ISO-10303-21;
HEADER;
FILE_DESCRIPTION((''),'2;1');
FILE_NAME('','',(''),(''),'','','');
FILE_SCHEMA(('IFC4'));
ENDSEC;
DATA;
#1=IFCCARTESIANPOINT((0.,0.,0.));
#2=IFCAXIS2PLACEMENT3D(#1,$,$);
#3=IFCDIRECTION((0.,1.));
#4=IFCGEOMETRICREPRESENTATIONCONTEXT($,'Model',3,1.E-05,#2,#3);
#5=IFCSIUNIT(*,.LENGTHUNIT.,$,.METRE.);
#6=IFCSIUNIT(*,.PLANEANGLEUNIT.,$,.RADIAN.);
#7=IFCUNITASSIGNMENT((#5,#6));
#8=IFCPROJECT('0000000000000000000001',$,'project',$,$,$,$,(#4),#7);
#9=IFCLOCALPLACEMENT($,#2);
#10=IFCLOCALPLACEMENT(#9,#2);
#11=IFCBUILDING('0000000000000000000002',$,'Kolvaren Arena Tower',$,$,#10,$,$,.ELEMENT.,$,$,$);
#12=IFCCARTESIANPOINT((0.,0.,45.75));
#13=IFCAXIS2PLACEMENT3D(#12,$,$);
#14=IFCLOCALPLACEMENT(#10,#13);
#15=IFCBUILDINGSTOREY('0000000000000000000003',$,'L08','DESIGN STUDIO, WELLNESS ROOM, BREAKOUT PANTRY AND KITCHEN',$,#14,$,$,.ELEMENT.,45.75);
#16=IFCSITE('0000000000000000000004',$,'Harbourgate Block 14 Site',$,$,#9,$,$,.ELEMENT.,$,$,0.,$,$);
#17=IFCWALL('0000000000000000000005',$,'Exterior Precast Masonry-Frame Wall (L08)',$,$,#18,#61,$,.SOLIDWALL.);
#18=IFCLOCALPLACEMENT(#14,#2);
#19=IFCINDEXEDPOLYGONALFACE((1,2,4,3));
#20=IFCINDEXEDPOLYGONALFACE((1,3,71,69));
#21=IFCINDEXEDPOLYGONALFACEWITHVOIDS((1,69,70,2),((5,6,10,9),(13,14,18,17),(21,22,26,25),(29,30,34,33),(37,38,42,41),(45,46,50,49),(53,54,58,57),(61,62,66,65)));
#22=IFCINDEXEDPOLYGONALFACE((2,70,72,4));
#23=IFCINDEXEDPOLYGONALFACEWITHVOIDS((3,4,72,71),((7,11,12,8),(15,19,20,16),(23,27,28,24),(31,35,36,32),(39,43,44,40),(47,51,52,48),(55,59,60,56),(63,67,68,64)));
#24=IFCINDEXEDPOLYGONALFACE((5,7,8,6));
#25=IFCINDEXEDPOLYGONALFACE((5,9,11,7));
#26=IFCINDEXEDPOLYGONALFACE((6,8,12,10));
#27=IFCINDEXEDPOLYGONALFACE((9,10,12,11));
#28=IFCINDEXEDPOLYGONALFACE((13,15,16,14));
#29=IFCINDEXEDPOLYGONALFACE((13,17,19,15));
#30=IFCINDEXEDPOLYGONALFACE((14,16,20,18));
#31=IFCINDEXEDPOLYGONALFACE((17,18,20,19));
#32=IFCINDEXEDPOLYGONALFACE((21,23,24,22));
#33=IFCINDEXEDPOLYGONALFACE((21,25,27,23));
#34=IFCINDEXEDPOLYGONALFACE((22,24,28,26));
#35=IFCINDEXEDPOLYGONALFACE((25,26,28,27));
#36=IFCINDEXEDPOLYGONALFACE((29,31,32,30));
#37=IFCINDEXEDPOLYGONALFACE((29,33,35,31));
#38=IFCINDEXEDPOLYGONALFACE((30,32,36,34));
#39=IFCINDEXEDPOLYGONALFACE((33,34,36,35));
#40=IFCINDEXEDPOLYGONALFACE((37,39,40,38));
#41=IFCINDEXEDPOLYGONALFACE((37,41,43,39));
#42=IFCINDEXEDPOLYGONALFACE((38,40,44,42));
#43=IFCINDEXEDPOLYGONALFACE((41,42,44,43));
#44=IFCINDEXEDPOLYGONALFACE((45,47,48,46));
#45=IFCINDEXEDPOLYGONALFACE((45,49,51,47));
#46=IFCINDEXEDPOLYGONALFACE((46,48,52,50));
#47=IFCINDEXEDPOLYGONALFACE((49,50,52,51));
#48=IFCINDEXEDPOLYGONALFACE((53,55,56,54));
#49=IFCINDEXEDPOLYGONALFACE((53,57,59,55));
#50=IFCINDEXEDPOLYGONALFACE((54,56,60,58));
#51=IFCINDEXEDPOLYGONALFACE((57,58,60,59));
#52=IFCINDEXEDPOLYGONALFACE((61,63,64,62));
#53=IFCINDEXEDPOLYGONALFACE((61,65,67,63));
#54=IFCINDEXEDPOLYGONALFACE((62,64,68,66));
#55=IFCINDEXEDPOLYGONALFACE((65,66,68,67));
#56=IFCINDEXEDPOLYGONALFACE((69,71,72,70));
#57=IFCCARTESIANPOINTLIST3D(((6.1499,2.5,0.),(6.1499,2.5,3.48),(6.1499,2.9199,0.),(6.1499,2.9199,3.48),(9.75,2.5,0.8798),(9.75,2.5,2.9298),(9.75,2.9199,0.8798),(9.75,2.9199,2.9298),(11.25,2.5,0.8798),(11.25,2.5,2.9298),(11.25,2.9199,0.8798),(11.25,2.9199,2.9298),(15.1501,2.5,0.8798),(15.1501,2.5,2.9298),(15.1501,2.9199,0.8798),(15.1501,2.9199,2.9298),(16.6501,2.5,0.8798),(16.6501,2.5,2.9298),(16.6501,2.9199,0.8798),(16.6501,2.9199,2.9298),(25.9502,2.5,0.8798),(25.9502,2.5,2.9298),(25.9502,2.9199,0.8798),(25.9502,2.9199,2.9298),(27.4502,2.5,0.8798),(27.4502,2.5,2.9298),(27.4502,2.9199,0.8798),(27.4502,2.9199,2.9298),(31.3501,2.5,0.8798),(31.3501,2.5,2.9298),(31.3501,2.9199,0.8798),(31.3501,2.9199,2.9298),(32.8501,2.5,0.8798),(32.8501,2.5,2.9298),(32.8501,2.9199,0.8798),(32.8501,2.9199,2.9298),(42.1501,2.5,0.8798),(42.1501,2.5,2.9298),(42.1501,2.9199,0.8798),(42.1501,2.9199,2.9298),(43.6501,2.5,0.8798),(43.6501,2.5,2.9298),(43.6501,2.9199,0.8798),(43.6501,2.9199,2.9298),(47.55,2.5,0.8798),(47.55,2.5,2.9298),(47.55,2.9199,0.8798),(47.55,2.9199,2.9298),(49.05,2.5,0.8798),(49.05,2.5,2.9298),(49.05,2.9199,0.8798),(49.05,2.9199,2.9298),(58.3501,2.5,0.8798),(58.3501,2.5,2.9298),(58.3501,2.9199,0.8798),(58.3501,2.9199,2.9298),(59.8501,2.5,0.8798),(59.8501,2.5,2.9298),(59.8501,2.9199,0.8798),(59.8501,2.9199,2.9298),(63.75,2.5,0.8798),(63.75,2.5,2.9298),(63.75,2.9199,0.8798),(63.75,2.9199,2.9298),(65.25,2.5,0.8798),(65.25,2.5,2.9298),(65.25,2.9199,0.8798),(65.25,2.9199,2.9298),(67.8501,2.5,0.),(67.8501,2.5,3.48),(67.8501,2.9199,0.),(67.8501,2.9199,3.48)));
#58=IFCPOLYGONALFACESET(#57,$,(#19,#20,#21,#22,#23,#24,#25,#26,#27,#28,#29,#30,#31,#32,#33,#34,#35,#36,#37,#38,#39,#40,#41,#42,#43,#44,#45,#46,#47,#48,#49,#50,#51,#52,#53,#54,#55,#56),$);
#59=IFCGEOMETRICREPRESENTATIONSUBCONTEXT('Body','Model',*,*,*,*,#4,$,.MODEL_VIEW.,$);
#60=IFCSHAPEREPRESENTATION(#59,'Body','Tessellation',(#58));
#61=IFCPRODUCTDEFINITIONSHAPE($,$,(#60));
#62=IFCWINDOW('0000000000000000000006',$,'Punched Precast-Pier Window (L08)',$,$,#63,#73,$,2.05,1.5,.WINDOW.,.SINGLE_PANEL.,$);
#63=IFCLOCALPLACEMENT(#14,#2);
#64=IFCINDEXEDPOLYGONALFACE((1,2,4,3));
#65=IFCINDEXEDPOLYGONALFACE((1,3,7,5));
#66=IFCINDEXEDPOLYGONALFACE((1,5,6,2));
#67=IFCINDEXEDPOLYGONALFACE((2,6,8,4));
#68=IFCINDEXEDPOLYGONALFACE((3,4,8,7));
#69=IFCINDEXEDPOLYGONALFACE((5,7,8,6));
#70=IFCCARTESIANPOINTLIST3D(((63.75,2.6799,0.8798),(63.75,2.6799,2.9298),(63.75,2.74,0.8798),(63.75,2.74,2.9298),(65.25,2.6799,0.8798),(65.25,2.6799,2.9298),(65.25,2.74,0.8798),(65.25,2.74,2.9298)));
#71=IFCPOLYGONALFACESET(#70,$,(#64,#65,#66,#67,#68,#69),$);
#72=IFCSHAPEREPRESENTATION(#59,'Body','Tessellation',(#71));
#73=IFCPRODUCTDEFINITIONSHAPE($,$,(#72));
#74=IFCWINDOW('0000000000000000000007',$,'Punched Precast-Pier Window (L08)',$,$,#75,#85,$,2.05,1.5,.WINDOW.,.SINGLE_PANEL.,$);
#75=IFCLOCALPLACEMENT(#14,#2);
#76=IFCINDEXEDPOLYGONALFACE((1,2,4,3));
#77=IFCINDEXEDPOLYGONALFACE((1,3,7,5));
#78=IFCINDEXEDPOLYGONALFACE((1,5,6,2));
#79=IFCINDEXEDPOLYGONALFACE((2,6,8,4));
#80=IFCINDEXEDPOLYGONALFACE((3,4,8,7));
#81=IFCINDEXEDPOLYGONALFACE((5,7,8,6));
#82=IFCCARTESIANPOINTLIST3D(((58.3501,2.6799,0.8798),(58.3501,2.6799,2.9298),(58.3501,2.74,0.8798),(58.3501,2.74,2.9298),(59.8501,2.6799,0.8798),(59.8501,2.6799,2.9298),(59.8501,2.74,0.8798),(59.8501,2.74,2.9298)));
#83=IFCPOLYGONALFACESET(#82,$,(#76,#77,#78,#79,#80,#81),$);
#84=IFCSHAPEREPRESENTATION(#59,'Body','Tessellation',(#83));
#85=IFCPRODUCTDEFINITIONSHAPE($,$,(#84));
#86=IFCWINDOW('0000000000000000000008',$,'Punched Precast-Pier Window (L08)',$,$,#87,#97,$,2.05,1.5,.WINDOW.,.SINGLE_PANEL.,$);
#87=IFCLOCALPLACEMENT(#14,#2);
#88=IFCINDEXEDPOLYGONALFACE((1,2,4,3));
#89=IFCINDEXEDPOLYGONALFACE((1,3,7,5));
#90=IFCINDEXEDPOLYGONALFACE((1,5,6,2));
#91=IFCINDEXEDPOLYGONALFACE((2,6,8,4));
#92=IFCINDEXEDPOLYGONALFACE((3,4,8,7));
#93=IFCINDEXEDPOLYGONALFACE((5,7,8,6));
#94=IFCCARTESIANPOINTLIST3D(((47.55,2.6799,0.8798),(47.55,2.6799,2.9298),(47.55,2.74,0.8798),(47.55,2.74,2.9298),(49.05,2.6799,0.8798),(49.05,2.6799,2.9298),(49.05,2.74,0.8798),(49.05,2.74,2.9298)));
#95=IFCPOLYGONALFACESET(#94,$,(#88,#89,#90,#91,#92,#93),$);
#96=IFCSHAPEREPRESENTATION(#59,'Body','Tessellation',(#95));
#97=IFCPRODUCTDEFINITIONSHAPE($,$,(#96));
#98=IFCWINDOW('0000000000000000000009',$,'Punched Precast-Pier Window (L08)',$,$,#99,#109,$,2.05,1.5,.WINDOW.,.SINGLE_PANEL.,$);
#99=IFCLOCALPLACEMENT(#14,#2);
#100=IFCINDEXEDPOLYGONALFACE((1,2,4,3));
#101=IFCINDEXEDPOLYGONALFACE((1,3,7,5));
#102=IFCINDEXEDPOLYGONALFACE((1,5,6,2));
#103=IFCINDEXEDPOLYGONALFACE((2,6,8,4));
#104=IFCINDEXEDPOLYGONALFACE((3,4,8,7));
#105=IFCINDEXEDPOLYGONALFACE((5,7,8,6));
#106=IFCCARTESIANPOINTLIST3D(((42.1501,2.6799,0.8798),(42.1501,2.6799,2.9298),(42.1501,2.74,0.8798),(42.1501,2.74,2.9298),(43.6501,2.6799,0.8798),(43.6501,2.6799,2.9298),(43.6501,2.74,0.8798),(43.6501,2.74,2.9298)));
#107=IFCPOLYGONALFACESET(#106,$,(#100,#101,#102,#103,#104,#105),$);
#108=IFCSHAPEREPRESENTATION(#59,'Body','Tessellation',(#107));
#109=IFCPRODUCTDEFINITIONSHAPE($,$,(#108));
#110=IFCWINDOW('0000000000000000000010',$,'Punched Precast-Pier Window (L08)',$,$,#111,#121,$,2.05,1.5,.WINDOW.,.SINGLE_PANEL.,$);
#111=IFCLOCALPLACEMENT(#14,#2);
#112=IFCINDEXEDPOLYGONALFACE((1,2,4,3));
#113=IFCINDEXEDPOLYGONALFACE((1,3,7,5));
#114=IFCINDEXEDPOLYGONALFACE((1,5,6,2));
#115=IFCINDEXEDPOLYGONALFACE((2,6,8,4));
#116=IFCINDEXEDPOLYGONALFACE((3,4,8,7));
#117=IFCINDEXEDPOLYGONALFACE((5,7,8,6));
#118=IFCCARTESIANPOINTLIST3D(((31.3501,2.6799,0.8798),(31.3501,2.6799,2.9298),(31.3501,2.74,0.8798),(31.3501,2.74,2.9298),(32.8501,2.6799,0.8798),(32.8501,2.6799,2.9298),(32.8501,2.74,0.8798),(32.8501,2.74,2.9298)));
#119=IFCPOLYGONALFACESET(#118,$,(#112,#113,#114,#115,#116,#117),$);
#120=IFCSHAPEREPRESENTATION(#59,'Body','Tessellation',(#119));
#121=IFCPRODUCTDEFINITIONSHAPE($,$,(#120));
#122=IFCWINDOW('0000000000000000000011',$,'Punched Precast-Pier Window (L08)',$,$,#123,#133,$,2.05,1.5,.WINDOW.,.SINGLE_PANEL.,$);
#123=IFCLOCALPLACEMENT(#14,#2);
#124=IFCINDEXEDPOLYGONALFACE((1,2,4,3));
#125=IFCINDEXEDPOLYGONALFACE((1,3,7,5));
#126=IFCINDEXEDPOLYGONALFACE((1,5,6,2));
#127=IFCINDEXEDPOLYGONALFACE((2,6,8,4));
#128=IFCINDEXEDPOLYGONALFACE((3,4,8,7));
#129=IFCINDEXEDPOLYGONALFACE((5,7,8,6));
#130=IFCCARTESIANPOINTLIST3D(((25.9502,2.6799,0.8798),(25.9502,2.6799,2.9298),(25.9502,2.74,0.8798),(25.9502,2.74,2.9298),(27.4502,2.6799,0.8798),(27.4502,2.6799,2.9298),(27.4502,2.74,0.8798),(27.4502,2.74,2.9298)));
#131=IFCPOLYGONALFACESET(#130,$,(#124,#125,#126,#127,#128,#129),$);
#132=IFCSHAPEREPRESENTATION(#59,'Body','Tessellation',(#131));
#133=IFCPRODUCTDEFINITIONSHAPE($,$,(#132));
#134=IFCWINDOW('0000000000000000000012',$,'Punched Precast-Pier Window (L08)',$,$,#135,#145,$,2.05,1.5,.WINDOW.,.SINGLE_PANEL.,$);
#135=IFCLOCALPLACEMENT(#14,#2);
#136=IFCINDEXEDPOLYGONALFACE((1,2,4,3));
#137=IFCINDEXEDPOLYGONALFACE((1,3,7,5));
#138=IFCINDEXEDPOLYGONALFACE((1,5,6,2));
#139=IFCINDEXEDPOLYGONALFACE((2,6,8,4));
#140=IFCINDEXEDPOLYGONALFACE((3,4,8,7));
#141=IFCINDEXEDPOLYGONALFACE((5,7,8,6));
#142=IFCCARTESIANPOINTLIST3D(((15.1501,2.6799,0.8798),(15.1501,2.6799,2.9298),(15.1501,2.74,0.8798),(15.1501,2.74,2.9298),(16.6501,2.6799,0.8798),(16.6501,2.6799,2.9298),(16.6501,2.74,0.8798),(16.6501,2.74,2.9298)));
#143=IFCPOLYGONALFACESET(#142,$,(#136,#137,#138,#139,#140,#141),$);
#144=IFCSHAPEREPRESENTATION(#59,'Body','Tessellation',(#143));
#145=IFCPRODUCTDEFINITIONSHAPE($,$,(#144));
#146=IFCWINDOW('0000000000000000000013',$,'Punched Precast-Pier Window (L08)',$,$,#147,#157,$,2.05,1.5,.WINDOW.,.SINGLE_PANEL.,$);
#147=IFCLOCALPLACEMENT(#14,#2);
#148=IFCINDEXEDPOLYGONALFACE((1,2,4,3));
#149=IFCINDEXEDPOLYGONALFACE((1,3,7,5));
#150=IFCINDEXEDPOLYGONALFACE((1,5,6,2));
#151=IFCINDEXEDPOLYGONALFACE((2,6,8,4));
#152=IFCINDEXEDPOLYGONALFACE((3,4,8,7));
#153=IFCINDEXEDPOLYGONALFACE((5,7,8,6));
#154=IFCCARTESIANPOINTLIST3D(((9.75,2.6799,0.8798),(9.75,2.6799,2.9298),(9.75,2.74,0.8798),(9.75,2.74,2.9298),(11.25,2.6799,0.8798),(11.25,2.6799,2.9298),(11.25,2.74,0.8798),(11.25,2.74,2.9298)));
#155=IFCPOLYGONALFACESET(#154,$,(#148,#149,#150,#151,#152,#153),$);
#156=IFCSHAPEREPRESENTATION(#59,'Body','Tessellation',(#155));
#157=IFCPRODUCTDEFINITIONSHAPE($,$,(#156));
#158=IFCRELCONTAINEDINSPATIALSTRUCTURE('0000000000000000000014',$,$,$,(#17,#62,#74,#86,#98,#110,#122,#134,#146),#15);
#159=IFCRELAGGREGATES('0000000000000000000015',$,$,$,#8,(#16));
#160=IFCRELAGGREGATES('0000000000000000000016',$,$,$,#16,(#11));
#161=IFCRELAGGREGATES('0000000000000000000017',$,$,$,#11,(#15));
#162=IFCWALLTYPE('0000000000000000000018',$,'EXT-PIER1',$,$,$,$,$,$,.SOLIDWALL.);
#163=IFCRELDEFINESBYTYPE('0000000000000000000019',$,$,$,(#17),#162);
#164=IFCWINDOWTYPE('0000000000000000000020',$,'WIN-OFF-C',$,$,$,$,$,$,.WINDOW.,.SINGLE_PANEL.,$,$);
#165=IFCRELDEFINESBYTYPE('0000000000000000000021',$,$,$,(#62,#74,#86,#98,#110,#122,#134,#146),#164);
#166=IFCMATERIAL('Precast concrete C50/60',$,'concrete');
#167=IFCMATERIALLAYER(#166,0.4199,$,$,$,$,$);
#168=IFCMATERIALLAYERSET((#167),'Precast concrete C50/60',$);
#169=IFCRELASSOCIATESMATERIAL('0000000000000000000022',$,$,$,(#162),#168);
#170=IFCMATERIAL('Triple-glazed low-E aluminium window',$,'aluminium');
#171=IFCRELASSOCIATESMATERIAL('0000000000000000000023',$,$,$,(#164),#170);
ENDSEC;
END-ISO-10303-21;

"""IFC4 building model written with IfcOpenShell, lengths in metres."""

from ifc_helpers import new_model, si_unit, direction, frame, frame_2d, origin, place, context, subcontext, project, spatial, rectangle, extrude, material, layer, layer_set, type_object, element, fill, save


model = new_model("IFC4")

# Units and contexts
model_context = context("Model", 3, precision=1e-05, world=origin(), true_north=direction((0.0, 1.0)))
body_context = subcontext(model_context, "Body", "Model", "MODEL_VIEW")
ifc_project = project(units=[si_unit("LENGTHUNIT", "METRE"), si_unit("PLANEANGLEUNIT", "RADIAN")], contexts=[model_context])

# Site, building, storey
site_placement = place(None, origin())
site = spatial("IfcSite", under=ifc_project, at=site_placement, Name="Harbourgate Block 14 Site", CompositionType="ELEMENT", RefElevation=0.0)
building_placement = place(site_placement, origin())
building = spatial("IfcBuilding", under=site, at=building_placement, Name="Kolvaren Arena Tower", CompositionType="ELEMENT")
storey_placement = place(building_placement, frame((0.0, 0.0, 45.75)))
storey = spatial("IfcBuildingStorey", under=building, at=storey_placement, Name="L08", Description="DESIGN STUDIO, WELLNESS ROOM, BREAKOUT PANTRY AND KITCHEN", CompositionType="ELEMENT", Elevation=45.75)

# Shared definitions
ifc_material_1 = material(Name="Precast concrete C50/60", Category="concrete")
ifc_layer_1 = layer(ifc_material_1, 0.4199)
ifc_layer_set_1 = layer_set([ifc_layer_1], Name="Precast concrete C50/60")
wall_type_1 = type_object("IfcWallType", Name="EXT-PIER1", PredefinedType="SOLIDWALL", material=ifc_layer_set_1)

# Wall, openings, windows
wall_1_placement = place(storey_placement, frame((67.8501, 2.71, 0.0), z_axis=(0.0, 0.0, 1.0), x_axis=(-1.0, 0.0, 0.0)))
wall_1 = element("IfcWall", 1, at=wall_1_placement, inside=storey, type_object=wall_type_1, Name="Exterior Precast Masonry-Frame Wall (L08)", PredefinedType="SOLIDWALL", context=body_context, shape_type="SweptSolid", body=[
    extrude(rectangle(XDim=61.7002, YDim=0.4199, at=frame_2d((30.8501, 0.0))), origin(), (0.0, 0.0, 1.0), 3.48),
])
opening_1_placement = place(wall_1_placement, frame((2.6001, 0.0, 0.8799)))
opening_1 = element("IfcOpeningElement", 2, at=opening_1_placement, cuts=wall_1, PredefinedType="OPENING", context=body_context, shape_type="SweptSolid", body=[
    extrude(rectangle(XDim=1.5, YDim=2.05, at=frame_2d((0.75, 1.0249))), frame((0.0, 0.22, 0.0), z_axis=(0.0, -1.0, 0.0), x_axis=(1.0, 0.0, 0.0)), (0.0, 0.0, 1.0), 0.4399),
])
opening_2_placement = place(wall_1_placement, frame((8.0, 0.0, 0.8799)))
opening_2 = element("IfcOpeningElement", 3, at=opening_2_placement, cuts=wall_1, PredefinedType="OPENING", context=body_context, shape_type="SweptSolid", body=[
    extrude(rectangle(XDim=1.5, YDim=2.05, at=frame_2d((0.75, 1.0249))), frame((0.0, 0.22, 0.0), z_axis=(0.0, -1.0, 0.0), x_axis=(1.0, 0.0, 0.0)), (0.0, 0.0, 1.0), 0.4399),
])
opening_3_placement = place(wall_1_placement, frame((18.8, 0.0, 0.8799)))
opening_3 = element("IfcOpeningElement", 4, at=opening_3_placement, cuts=wall_1, PredefinedType="OPENING", context=body_context, shape_type="SweptSolid", body=[
    extrude(rectangle(XDim=1.5, YDim=2.05, at=frame_2d((0.75, 1.0249))), frame((0.0, 0.22, 0.0), z_axis=(0.0, -1.0, 0.0), x_axis=(1.0, 0.0, 0.0)), (0.0, 0.0, 1.0), 0.4399),
])
opening_4_placement = place(wall_1_placement, frame((24.2, 0.0, 0.8799)))
opening_4 = element("IfcOpeningElement", 5, at=opening_4_placement, cuts=wall_1, PredefinedType="OPENING", context=body_context, shape_type="SweptSolid", body=[
    extrude(rectangle(XDim=1.5, YDim=2.05, at=frame_2d((0.75, 1.0249))), frame((0.0, 0.22, 0.0), z_axis=(0.0, -1.0, 0.0), x_axis=(1.0, 0.0, 0.0)), (0.0, 0.0, 1.0), 0.4399),
])
opening_5_placement = place(wall_1_placement, frame((35.0, 0.0, 0.8799)))
opening_5 = element("IfcOpeningElement", 6, at=opening_5_placement, cuts=wall_1, PredefinedType="OPENING", context=body_context, shape_type="SweptSolid", body=[
    extrude(rectangle(XDim=1.5, YDim=2.05, at=frame_2d((0.75, 1.0249))), frame((0.0, 0.22, 0.0), z_axis=(0.0, -1.0, 0.0), x_axis=(1.0, 0.0, 0.0)), (0.0, 0.0, 1.0), 0.4399),
])
opening_6_placement = place(wall_1_placement, frame((40.3999, 0.0, 0.8799)))
opening_6 = element("IfcOpeningElement", 7, at=opening_6_placement, cuts=wall_1, PredefinedType="OPENING", context=body_context, shape_type="SweptSolid", body=[
    extrude(rectangle(XDim=1.5, YDim=2.05, at=frame_2d((0.75, 1.0249))), frame((0.0, 0.22, 0.0), z_axis=(0.0, -1.0, 0.0), x_axis=(1.0, 0.0, 0.0)), (0.0, 0.0, 1.0), 0.4399),
])
opening_7_placement = place(wall_1_placement, frame((51.2, 0.0, 0.8799)))
opening_7 = element("IfcOpeningElement", 8, at=opening_7_placement, cuts=wall_1, PredefinedType="OPENING", context=body_context, shape_type="SweptSolid", body=[
    extrude(rectangle(XDim=1.5, YDim=2.05, at=frame_2d((0.75, 1.0249))), frame((0.0, 0.22, 0.0), z_axis=(0.0, -1.0, 0.0), x_axis=(1.0, 0.0, 0.0)), (0.0, 0.0, 1.0), 0.4399),
])
opening_8_placement = place(wall_1_placement, frame((56.6001, 0.0, 0.8799)))
opening_8 = element("IfcOpeningElement", 9, at=opening_8_placement, cuts=wall_1, PredefinedType="OPENING", context=body_context, shape_type="SweptSolid", body=[
    extrude(rectangle(XDim=1.5, YDim=2.05, at=frame_2d((0.75, 1.0249))), frame((0.0, 0.22, 0.0), z_axis=(0.0, -1.0, 0.0), x_axis=(1.0, 0.0, 0.0)), (0.0, 0.0, 1.0), 0.4399),
])
ifc_material_2 = material(Name="Triple-glazed low-E aluminium window", Category="aluminium")
window_type = type_object("IfcWindowType", Name="WIN-OFF-C", PartitioningType="SINGLE_PANEL", PredefinedType="WINDOW", material=ifc_material_2)
window_1_placement = place(opening_1_placement, origin())
window_1 = element("IfcWindow", 10, at=window_1_placement, inside=storey, type_object=window_type, Name="Punched Precast-Pier Window (L08)", OverallHeight=2.05, OverallWidth=1.5, PartitioningType="SINGLE_PANEL", PredefinedType="WINDOW", context=body_context, shape_type="SweptSolid", body=[
    extrude(rectangle(XDim=1.5, YDim=2.05, at=frame_2d((0.75, 1.0249))), frame((0.0, 0.03, 0.0), z_axis=(0.0, -1.0, 0.0), x_axis=(1.0, 0.0, 0.0)), (0.0, 0.0, 1.0), 0.0601),
])
fill(opening_1, window_1)
window_2_placement = place(opening_2_placement, origin())
window_2 = element("IfcWindow", 11, at=window_2_placement, inside=storey, type_object=window_type, Name="Punched Precast-Pier Window (L08)", OverallHeight=2.05, OverallWidth=1.5, PartitioningType="SINGLE_PANEL", PredefinedType="WINDOW", context=body_context, shape_type="SweptSolid", body=[
    extrude(rectangle(XDim=1.5, YDim=2.05, at=frame_2d((0.75, 1.0249))), frame((0.0, 0.03, 0.0), z_axis=(0.0, -1.0, 0.0), x_axis=(1.0, 0.0, 0.0)), (0.0, 0.0, 1.0), 0.0601),
])
fill(opening_2, window_2)
window_3_placement = place(opening_3_placement, origin())
window_3 = element("IfcWindow", 12, at=window_3_placement, inside=storey, type_object=window_type, Name="Punched Precast-Pier Window (L08)", OverallHeight=2.05, OverallWidth=1.5, PartitioningType="SINGLE_PANEL", PredefinedType="WINDOW", context=body_context, shape_type="SweptSolid", body=[
    extrude(rectangle(XDim=1.5, YDim=2.05, at=frame_2d((0.75, 1.0249))), frame((0.0, 0.03, 0.0), z_axis=(0.0, -1.0, 0.0), x_axis=(1.0, 0.0, 0.0)), (0.0, 0.0, 1.0), 0.0601),
])
fill(opening_3, window_3)
window_4_placement = place(opening_4_placement, origin())
window_4 = element("IfcWindow", 13, at=window_4_placement, inside=storey, type_object=window_type, Name="Punched Precast-Pier Window (L08)", OverallHeight=2.05, OverallWidth=1.5, PartitioningType="SINGLE_PANEL", PredefinedType="WINDOW", context=body_context, shape_type="SweptSolid", body=[
    extrude(rectangle(XDim=1.5, YDim=2.05, at=frame_2d((0.75, 1.0249))), frame((0.0, 0.03, 0.0), z_axis=(0.0, -1.0, 0.0), x_axis=(1.0, 0.0, 0.0)), (0.0, 0.0, 1.0), 0.0601),
])
fill(opening_4, window_4)
window_5_placement = place(opening_5_placement, origin())
window_5 = element("IfcWindow", 14, at=window_5_placement, inside=storey, type_object=window_type, Name="Punched Precast-Pier Window (L08)", OverallHeight=2.05, OverallWidth=1.5, PartitioningType="SINGLE_PANEL", PredefinedType="WINDOW", context=body_context, shape_type="SweptSolid", body=[
    extrude(rectangle(XDim=1.5, YDim=2.05, at=frame_2d((0.75, 1.0249))), frame((0.0, 0.03, 0.0), z_axis=(0.0, -1.0, 0.0), x_axis=(1.0, 0.0, 0.0)), (0.0, 0.0, 1.0), 0.0601),
])
fill(opening_5, window_5)
window_6_placement = place(opening_6_placement, origin())
window_6 = element("IfcWindow", 15, at=window_6_placement, inside=storey, type_object=window_type, Name="Punched Precast-Pier Window (L08)", OverallHeight=2.05, OverallWidth=1.5, PartitioningType="SINGLE_PANEL", PredefinedType="WINDOW", context=body_context, shape_type="SweptSolid", body=[
    extrude(rectangle(XDim=1.5, YDim=2.05, at=frame_2d((0.75, 1.0249))), frame((0.0, 0.03, 0.0), z_axis=(0.0, -1.0, 0.0), x_axis=(1.0, 0.0, 0.0)), (0.0, 0.0, 1.0), 0.0601),
])
fill(opening_6, window_6)
window_7_placement = place(opening_7_placement, origin())
window_7 = element("IfcWindow", 16, at=window_7_placement, inside=storey, type_object=window_type, Name="Punched Precast-Pier Window (L08)", OverallHeight=2.05, OverallWidth=1.5, PartitioningType="SINGLE_PANEL", PredefinedType="WINDOW", context=body_context, shape_type="SweptSolid", body=[
    extrude(rectangle(XDim=1.5, YDim=2.05, at=frame_2d((0.75, 1.0249))), frame((0.0, 0.03, 0.0), z_axis=(0.0, -1.0, 0.0), x_axis=(1.0, 0.0, 0.0)), (0.0, 0.0, 1.0), 0.0601),
])
fill(opening_7, window_7)
window_8_placement = place(opening_8_placement, origin())
window_8 = element("IfcWindow", 17, at=window_8_placement, inside=storey, type_object=window_type, Name="Punched Precast-Pier Window (L08)", OverallHeight=2.05, OverallWidth=1.5, PartitioningType="SINGLE_PANEL", PredefinedType="WINDOW", context=body_context, shape_type="SweptSolid", body=[
    extrude(rectangle(XDim=1.5, YDim=2.05, at=frame_2d((0.75, 1.0249))), frame((0.0, 0.03, 0.0), z_axis=(0.0, -1.0, 0.0), x_axis=(1.0, 0.0, 0.0)), (0.0, 0.0, 1.0), 0.0601),
])
fill(opening_8, window_8)

save(model, "model.ifc")
